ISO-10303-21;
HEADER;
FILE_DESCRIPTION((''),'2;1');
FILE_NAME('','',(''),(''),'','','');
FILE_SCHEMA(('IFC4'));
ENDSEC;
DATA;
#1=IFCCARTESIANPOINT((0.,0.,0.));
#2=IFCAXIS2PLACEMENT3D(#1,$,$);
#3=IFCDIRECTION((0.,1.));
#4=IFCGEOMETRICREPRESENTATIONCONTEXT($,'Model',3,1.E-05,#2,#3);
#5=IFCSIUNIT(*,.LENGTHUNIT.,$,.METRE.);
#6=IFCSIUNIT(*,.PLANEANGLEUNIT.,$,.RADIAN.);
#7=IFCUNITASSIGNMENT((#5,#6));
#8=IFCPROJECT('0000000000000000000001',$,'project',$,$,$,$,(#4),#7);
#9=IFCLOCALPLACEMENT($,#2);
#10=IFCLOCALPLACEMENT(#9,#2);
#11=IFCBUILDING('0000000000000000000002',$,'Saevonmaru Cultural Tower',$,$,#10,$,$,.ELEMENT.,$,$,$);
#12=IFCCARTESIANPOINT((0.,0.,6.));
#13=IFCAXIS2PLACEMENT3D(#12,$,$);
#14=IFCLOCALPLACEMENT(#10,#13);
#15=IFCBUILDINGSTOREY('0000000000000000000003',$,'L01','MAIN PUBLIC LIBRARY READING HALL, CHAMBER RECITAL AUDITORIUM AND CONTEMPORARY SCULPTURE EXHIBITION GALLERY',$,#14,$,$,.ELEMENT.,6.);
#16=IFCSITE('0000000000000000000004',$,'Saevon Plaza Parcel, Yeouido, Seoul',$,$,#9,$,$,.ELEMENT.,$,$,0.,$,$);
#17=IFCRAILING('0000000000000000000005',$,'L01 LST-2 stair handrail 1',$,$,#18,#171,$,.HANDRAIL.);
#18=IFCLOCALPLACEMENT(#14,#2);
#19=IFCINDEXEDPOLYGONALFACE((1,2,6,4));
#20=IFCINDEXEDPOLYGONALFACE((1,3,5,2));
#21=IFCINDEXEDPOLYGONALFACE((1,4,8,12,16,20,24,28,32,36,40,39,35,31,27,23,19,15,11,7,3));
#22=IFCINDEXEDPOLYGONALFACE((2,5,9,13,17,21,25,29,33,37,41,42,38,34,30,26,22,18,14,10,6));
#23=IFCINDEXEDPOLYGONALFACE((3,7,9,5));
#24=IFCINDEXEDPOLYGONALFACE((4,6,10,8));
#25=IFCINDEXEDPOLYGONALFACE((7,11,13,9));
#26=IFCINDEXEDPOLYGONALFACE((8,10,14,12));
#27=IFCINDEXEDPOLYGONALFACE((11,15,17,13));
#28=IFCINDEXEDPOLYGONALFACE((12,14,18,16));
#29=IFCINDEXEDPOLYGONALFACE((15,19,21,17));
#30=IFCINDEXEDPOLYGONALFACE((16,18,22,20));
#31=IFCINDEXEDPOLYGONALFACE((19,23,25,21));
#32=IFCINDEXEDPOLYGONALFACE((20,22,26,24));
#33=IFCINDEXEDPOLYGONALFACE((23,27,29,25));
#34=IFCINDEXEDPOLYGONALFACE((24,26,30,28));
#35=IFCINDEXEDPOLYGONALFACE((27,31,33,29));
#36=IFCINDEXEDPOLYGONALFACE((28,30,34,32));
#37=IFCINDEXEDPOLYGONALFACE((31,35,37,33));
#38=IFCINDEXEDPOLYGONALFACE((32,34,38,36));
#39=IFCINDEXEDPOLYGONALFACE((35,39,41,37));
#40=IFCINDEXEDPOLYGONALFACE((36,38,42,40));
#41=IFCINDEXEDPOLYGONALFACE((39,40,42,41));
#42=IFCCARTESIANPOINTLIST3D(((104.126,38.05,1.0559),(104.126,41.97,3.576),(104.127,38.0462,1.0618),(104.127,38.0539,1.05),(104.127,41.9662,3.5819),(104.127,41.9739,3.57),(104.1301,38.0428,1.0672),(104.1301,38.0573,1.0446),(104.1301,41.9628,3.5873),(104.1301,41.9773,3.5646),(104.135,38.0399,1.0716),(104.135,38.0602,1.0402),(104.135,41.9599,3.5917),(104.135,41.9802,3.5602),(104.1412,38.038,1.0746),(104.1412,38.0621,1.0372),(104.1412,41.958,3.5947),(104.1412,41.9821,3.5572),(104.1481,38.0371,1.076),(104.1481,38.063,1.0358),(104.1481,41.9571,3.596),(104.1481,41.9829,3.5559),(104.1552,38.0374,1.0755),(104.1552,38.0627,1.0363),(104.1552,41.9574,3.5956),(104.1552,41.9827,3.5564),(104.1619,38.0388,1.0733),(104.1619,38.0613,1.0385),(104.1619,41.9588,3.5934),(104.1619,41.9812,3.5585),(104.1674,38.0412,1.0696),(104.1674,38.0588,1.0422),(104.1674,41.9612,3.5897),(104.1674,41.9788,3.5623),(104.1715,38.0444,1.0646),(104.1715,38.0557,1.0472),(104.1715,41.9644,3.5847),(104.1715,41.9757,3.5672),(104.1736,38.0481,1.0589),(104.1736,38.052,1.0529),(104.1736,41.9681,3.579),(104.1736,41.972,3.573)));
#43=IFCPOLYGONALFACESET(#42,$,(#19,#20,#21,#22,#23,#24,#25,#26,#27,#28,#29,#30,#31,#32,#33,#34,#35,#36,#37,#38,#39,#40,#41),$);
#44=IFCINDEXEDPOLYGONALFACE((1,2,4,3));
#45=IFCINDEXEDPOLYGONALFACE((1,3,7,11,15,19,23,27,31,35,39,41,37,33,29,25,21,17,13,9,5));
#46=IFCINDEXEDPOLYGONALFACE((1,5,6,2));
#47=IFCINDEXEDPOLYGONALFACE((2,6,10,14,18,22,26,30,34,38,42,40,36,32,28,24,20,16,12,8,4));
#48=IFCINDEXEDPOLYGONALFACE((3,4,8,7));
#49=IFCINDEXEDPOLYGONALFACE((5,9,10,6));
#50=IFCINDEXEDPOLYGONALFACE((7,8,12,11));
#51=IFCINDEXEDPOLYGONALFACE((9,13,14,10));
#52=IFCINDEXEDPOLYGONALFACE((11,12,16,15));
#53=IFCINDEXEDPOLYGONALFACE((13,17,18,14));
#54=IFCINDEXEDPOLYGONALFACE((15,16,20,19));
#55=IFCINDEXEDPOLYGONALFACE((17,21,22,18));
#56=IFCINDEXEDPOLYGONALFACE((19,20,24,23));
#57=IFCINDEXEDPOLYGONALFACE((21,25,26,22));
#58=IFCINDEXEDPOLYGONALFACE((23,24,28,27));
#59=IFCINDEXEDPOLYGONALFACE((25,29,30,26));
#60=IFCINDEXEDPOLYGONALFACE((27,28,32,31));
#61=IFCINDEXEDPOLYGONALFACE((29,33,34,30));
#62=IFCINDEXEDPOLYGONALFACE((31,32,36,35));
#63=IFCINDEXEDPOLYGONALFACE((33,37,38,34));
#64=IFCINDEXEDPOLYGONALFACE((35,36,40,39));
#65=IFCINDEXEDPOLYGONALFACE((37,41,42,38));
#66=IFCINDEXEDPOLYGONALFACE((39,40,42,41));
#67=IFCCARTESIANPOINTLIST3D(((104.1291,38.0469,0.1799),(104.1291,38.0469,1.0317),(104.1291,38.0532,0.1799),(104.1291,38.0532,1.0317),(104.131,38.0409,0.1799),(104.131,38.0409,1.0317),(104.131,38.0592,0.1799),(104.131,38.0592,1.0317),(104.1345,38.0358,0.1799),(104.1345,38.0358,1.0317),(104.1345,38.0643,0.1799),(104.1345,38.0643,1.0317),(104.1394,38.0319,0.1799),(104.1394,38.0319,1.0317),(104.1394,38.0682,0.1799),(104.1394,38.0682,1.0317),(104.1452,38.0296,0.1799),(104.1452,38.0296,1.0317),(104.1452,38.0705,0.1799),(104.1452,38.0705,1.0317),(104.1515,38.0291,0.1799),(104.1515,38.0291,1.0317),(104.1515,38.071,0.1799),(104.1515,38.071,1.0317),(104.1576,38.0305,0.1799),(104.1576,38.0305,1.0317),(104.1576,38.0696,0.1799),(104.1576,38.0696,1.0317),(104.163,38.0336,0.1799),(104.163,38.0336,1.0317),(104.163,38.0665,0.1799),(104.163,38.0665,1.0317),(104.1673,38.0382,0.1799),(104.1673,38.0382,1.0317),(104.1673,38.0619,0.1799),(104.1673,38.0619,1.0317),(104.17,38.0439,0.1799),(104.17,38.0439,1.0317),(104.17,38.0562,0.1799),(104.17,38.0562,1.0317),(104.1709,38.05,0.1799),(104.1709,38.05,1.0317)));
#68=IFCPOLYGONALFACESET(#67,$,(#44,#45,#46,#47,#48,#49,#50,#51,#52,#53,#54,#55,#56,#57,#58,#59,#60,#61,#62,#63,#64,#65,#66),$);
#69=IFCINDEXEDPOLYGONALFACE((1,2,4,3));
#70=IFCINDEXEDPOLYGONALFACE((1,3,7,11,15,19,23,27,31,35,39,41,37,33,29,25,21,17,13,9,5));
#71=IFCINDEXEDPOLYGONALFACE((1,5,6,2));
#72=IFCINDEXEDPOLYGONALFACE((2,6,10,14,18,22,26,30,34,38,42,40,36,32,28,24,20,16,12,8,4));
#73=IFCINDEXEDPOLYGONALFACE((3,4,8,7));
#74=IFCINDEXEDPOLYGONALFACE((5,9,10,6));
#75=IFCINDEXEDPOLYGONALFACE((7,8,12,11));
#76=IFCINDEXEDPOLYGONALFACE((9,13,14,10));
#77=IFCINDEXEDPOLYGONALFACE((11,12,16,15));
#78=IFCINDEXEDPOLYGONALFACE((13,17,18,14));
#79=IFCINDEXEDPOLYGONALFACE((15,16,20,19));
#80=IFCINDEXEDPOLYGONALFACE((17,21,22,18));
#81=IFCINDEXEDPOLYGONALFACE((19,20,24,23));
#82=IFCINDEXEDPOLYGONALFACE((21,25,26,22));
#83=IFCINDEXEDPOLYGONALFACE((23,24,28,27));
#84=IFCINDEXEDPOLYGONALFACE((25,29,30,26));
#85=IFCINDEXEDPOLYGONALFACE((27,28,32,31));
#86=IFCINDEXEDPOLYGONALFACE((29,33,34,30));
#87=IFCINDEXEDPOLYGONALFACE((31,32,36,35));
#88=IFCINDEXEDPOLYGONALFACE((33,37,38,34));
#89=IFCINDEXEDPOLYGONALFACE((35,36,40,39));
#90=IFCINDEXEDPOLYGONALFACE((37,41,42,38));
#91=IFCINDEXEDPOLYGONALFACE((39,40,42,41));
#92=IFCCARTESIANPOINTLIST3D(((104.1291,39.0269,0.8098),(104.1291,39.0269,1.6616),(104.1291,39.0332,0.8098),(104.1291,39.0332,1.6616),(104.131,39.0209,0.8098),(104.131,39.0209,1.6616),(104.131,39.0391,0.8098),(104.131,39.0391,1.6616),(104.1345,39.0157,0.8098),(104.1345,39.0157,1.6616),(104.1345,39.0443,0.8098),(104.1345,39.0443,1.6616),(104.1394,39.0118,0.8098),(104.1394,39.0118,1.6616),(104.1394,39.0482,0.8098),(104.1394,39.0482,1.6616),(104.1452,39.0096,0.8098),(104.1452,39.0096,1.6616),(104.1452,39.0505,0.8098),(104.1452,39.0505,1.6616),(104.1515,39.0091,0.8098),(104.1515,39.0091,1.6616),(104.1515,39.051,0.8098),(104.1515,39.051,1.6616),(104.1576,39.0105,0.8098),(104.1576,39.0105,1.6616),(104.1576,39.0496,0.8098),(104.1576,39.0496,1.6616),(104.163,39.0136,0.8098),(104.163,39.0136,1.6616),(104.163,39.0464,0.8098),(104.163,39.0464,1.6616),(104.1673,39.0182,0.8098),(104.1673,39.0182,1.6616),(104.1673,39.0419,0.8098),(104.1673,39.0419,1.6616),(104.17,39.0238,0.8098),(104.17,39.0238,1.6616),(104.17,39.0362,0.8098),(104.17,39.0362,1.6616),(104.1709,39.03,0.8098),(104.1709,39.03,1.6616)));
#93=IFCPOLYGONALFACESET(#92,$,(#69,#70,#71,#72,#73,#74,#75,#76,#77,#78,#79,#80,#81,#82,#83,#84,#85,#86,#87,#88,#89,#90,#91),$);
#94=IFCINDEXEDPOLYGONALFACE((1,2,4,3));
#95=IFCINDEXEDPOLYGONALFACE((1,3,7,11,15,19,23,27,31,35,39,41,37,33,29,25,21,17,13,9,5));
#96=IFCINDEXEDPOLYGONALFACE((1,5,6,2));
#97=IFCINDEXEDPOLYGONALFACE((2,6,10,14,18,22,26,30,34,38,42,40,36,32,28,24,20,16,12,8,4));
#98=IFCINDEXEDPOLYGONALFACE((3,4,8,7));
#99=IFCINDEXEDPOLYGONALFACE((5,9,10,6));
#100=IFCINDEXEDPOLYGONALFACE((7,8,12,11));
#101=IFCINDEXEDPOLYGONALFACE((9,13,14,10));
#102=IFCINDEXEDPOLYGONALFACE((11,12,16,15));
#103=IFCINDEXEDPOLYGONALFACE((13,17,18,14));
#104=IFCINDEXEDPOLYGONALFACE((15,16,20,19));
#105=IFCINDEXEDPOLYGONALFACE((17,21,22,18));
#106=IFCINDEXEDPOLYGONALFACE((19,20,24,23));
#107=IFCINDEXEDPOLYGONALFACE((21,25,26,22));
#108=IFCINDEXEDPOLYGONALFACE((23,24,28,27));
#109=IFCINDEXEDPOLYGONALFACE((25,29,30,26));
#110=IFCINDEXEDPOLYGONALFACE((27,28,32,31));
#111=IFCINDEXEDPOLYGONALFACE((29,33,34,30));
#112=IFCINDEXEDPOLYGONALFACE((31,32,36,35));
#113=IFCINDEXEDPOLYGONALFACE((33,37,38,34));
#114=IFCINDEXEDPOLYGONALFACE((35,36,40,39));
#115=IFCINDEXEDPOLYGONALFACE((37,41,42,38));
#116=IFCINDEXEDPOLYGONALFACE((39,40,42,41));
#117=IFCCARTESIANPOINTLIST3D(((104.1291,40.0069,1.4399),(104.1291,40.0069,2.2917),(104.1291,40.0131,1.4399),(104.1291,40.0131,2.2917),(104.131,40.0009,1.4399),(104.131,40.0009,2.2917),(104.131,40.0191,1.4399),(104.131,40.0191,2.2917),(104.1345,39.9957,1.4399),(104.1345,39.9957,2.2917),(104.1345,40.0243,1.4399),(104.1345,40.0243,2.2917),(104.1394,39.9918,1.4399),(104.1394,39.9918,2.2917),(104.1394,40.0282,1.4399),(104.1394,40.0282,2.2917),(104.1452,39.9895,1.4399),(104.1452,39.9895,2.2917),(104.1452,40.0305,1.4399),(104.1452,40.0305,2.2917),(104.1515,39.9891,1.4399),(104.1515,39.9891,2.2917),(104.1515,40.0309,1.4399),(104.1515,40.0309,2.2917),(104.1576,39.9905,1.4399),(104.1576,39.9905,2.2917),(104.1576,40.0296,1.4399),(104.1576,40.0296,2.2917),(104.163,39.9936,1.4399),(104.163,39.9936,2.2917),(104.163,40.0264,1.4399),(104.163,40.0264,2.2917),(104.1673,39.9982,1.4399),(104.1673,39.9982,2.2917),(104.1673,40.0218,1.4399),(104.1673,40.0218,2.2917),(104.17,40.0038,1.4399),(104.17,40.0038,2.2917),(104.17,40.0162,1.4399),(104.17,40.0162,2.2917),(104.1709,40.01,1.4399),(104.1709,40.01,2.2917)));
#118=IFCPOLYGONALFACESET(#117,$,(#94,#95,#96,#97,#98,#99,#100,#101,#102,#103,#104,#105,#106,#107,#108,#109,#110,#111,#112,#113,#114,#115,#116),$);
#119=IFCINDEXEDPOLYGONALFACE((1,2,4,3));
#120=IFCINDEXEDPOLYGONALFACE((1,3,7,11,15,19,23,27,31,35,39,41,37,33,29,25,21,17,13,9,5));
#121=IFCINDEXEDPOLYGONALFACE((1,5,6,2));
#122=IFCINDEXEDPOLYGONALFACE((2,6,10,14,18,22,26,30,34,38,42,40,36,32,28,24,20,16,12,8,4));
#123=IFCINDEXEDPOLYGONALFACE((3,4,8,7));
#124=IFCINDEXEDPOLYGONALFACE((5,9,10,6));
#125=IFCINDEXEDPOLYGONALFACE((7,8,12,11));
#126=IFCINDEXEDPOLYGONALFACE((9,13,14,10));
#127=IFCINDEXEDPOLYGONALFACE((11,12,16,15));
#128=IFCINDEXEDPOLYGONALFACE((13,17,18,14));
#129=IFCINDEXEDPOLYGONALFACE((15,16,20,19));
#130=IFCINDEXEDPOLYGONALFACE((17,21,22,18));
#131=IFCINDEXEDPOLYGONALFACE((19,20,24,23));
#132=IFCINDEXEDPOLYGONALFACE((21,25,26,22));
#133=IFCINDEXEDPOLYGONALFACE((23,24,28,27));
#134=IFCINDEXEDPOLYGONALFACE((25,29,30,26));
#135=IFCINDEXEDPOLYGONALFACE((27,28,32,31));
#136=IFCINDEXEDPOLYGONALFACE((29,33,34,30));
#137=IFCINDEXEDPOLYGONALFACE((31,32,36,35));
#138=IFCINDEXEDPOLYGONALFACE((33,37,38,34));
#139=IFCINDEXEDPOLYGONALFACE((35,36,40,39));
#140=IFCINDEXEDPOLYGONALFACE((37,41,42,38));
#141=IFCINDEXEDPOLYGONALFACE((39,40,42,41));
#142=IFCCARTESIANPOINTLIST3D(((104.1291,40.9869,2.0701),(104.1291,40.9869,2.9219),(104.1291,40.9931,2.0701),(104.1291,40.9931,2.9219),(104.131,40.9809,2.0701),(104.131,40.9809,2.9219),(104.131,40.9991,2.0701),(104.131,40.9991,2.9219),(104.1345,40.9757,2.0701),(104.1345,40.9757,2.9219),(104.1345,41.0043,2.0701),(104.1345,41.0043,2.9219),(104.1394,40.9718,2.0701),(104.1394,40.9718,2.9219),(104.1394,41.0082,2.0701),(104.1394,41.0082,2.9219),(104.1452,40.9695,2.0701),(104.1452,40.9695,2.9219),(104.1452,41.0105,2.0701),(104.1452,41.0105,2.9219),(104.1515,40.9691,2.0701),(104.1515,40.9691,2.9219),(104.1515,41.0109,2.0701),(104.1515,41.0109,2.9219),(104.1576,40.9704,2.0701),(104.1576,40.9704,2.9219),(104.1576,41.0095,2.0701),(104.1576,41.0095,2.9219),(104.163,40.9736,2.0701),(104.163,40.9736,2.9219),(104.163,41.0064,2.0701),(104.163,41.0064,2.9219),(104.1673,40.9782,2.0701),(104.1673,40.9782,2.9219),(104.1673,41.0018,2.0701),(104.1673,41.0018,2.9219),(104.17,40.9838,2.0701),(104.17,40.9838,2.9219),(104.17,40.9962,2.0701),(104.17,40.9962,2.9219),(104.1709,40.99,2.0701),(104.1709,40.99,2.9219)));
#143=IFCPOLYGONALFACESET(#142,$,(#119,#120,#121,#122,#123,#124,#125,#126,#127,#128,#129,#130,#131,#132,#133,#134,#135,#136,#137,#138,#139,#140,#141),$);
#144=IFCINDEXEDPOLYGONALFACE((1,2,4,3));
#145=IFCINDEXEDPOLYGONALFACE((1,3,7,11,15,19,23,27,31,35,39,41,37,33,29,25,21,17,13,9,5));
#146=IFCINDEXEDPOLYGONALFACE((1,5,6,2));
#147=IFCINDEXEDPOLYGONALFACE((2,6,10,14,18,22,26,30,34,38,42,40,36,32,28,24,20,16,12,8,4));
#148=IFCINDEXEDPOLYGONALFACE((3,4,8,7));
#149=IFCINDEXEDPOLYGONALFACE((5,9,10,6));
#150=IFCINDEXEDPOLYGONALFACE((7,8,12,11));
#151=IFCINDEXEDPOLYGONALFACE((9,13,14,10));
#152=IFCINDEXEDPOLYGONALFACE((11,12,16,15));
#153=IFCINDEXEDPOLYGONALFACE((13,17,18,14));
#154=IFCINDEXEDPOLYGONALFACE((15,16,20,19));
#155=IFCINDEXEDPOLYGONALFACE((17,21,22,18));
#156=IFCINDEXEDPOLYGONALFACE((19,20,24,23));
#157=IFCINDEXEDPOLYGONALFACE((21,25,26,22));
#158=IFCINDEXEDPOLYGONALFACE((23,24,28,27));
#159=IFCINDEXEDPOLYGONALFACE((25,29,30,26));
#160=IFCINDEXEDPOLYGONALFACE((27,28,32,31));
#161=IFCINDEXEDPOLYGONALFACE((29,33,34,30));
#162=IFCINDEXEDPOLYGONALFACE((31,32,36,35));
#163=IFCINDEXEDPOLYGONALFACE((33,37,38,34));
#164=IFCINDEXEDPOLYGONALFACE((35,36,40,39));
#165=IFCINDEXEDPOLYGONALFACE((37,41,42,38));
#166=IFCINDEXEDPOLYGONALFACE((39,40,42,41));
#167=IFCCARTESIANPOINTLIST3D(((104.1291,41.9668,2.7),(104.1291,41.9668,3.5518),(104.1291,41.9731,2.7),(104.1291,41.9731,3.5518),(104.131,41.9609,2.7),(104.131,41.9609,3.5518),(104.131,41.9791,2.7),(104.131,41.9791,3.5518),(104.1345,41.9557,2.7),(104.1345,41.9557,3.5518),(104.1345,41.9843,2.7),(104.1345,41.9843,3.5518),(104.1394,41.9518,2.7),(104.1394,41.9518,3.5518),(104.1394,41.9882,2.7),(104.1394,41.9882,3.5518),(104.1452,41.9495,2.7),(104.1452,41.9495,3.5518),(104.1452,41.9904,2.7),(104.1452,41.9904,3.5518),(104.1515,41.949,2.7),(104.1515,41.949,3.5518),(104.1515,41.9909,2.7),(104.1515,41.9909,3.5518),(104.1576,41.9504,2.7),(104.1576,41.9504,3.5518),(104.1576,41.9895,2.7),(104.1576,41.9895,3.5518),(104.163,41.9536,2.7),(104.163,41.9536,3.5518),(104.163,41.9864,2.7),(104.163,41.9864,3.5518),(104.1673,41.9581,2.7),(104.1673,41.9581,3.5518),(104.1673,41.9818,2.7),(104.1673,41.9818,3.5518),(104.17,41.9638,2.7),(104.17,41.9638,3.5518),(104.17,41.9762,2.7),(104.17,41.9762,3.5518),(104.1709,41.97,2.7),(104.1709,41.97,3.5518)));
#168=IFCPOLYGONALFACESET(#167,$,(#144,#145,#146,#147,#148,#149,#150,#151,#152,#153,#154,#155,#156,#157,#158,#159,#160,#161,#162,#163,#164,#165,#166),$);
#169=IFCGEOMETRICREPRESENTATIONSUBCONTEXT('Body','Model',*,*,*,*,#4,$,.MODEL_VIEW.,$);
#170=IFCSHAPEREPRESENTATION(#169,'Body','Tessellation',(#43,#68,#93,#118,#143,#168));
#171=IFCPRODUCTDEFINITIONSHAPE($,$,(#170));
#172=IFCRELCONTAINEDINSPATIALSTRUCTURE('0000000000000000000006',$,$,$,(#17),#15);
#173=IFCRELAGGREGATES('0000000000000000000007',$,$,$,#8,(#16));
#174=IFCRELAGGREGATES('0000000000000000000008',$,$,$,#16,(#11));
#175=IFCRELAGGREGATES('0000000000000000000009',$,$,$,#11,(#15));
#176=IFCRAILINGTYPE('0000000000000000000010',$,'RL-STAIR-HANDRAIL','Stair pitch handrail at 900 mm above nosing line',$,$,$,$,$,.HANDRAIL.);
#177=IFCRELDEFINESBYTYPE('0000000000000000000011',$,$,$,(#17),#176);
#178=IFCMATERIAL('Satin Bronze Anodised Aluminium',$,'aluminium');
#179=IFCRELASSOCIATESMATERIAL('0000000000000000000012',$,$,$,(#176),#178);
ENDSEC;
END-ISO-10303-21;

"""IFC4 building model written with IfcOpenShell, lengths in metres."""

from ifc_helpers import new_model, si_unit, direction, frame, origin, origin_2d, place, context, subcontext, project, spatial, circle, extrude, material, type_object, element, save


model = new_model("IFC4")

# Units and contexts
model_context = context("Model", 3, precision=1e-05, world=origin(), true_north=direction((0.0, 1.0)))
body_context = subcontext(model_context, "Body", "Model", "MODEL_VIEW")
ifc_project = project(units=[si_unit("LENGTHUNIT", "METRE"), si_unit("PLANEANGLEUNIT", "RADIAN")], contexts=[model_context])

# Site, building, storey
site_placement = place(None, origin())
site = spatial("IfcSite", under=ifc_project, at=site_placement, Name="Saevon Plaza Parcel, Yeouido, Seoul", CompositionType="ELEMENT", RefElevation=0.0)
building_placement = place(site_placement, origin())
building = spatial("IfcBuilding", under=site, at=building_placement, Name="Saevonmaru Cultural Tower", CompositionType="ELEMENT")
storey_placement = place(building_placement, frame((0.0, 0.0, 6.0)))
storey = spatial("IfcBuildingStorey", under=building, at=storey_placement, Name="L01", Description="MAIN PUBLIC LIBRARY READING HALL, CHAMBER RECITAL AUDITORIUM AND CONTEMPORARY SCULPTURE EXHIBITION GALLERY", CompositionType="ELEMENT", Elevation=6.0)

# Shared definitions
ifc_material_1 = material(Name="Satin Bronze Anodised Aluminium", Category="aluminium")

# Railing
railing_type_1 = type_object("IfcRailingType", Name="RL-STAIR-HANDRAIL", Description="Stair pitch handrail at 900 mm above nosing line", PredefinedType="HANDRAIL", material=ifc_material_1)
railing_1_placement = place(storey_placement, frame((104.1499, 38.05, 0.1799)))
element("IfcRailing", 1, at=railing_1_placement, inside=storey, type_object=railing_type_1, Name="L01 LST-2 stair handrail 1", PredefinedType="HANDRAIL", context=body_context, shape_type="SweptSolid", body=[
    extrude(circle(Radius=0.0239, at=origin_2d()), frame((0.0, 0.0, 0.876), z_axis=(0.0, 0.841172, 0.540768), x_axis=(-1.0, 0.0, 0.0)), (0.0, 0.0, 1.0), 4.6602),
    extrude(circle(Radius=0.021, at=origin_2d()), origin(), (0.0, 0.0, 1.0), 0.8518),
    extrude(circle(Radius=0.021, at=origin_2d()), frame((0.0, 0.98, 0.6299)), (0.0, 0.0, 1.0), 0.8518),
    extrude(circle(Radius=0.021, at=origin_2d()), frame((0.0, 1.96, 1.26)), (0.0, 0.0, 1.0), 0.8518),
    extrude(circle(Radius=0.021, at=origin_2d()), frame((0.0, 2.9399, 1.8901)), (0.0, 0.0, 1.0), 0.8518),
    extrude(circle(Radius=0.021, at=origin_2d()), frame((0.0, 3.9199, 2.52)), (0.0, 0.0, 1.0), 0.8518),
])

save(model, "model.ifc")
